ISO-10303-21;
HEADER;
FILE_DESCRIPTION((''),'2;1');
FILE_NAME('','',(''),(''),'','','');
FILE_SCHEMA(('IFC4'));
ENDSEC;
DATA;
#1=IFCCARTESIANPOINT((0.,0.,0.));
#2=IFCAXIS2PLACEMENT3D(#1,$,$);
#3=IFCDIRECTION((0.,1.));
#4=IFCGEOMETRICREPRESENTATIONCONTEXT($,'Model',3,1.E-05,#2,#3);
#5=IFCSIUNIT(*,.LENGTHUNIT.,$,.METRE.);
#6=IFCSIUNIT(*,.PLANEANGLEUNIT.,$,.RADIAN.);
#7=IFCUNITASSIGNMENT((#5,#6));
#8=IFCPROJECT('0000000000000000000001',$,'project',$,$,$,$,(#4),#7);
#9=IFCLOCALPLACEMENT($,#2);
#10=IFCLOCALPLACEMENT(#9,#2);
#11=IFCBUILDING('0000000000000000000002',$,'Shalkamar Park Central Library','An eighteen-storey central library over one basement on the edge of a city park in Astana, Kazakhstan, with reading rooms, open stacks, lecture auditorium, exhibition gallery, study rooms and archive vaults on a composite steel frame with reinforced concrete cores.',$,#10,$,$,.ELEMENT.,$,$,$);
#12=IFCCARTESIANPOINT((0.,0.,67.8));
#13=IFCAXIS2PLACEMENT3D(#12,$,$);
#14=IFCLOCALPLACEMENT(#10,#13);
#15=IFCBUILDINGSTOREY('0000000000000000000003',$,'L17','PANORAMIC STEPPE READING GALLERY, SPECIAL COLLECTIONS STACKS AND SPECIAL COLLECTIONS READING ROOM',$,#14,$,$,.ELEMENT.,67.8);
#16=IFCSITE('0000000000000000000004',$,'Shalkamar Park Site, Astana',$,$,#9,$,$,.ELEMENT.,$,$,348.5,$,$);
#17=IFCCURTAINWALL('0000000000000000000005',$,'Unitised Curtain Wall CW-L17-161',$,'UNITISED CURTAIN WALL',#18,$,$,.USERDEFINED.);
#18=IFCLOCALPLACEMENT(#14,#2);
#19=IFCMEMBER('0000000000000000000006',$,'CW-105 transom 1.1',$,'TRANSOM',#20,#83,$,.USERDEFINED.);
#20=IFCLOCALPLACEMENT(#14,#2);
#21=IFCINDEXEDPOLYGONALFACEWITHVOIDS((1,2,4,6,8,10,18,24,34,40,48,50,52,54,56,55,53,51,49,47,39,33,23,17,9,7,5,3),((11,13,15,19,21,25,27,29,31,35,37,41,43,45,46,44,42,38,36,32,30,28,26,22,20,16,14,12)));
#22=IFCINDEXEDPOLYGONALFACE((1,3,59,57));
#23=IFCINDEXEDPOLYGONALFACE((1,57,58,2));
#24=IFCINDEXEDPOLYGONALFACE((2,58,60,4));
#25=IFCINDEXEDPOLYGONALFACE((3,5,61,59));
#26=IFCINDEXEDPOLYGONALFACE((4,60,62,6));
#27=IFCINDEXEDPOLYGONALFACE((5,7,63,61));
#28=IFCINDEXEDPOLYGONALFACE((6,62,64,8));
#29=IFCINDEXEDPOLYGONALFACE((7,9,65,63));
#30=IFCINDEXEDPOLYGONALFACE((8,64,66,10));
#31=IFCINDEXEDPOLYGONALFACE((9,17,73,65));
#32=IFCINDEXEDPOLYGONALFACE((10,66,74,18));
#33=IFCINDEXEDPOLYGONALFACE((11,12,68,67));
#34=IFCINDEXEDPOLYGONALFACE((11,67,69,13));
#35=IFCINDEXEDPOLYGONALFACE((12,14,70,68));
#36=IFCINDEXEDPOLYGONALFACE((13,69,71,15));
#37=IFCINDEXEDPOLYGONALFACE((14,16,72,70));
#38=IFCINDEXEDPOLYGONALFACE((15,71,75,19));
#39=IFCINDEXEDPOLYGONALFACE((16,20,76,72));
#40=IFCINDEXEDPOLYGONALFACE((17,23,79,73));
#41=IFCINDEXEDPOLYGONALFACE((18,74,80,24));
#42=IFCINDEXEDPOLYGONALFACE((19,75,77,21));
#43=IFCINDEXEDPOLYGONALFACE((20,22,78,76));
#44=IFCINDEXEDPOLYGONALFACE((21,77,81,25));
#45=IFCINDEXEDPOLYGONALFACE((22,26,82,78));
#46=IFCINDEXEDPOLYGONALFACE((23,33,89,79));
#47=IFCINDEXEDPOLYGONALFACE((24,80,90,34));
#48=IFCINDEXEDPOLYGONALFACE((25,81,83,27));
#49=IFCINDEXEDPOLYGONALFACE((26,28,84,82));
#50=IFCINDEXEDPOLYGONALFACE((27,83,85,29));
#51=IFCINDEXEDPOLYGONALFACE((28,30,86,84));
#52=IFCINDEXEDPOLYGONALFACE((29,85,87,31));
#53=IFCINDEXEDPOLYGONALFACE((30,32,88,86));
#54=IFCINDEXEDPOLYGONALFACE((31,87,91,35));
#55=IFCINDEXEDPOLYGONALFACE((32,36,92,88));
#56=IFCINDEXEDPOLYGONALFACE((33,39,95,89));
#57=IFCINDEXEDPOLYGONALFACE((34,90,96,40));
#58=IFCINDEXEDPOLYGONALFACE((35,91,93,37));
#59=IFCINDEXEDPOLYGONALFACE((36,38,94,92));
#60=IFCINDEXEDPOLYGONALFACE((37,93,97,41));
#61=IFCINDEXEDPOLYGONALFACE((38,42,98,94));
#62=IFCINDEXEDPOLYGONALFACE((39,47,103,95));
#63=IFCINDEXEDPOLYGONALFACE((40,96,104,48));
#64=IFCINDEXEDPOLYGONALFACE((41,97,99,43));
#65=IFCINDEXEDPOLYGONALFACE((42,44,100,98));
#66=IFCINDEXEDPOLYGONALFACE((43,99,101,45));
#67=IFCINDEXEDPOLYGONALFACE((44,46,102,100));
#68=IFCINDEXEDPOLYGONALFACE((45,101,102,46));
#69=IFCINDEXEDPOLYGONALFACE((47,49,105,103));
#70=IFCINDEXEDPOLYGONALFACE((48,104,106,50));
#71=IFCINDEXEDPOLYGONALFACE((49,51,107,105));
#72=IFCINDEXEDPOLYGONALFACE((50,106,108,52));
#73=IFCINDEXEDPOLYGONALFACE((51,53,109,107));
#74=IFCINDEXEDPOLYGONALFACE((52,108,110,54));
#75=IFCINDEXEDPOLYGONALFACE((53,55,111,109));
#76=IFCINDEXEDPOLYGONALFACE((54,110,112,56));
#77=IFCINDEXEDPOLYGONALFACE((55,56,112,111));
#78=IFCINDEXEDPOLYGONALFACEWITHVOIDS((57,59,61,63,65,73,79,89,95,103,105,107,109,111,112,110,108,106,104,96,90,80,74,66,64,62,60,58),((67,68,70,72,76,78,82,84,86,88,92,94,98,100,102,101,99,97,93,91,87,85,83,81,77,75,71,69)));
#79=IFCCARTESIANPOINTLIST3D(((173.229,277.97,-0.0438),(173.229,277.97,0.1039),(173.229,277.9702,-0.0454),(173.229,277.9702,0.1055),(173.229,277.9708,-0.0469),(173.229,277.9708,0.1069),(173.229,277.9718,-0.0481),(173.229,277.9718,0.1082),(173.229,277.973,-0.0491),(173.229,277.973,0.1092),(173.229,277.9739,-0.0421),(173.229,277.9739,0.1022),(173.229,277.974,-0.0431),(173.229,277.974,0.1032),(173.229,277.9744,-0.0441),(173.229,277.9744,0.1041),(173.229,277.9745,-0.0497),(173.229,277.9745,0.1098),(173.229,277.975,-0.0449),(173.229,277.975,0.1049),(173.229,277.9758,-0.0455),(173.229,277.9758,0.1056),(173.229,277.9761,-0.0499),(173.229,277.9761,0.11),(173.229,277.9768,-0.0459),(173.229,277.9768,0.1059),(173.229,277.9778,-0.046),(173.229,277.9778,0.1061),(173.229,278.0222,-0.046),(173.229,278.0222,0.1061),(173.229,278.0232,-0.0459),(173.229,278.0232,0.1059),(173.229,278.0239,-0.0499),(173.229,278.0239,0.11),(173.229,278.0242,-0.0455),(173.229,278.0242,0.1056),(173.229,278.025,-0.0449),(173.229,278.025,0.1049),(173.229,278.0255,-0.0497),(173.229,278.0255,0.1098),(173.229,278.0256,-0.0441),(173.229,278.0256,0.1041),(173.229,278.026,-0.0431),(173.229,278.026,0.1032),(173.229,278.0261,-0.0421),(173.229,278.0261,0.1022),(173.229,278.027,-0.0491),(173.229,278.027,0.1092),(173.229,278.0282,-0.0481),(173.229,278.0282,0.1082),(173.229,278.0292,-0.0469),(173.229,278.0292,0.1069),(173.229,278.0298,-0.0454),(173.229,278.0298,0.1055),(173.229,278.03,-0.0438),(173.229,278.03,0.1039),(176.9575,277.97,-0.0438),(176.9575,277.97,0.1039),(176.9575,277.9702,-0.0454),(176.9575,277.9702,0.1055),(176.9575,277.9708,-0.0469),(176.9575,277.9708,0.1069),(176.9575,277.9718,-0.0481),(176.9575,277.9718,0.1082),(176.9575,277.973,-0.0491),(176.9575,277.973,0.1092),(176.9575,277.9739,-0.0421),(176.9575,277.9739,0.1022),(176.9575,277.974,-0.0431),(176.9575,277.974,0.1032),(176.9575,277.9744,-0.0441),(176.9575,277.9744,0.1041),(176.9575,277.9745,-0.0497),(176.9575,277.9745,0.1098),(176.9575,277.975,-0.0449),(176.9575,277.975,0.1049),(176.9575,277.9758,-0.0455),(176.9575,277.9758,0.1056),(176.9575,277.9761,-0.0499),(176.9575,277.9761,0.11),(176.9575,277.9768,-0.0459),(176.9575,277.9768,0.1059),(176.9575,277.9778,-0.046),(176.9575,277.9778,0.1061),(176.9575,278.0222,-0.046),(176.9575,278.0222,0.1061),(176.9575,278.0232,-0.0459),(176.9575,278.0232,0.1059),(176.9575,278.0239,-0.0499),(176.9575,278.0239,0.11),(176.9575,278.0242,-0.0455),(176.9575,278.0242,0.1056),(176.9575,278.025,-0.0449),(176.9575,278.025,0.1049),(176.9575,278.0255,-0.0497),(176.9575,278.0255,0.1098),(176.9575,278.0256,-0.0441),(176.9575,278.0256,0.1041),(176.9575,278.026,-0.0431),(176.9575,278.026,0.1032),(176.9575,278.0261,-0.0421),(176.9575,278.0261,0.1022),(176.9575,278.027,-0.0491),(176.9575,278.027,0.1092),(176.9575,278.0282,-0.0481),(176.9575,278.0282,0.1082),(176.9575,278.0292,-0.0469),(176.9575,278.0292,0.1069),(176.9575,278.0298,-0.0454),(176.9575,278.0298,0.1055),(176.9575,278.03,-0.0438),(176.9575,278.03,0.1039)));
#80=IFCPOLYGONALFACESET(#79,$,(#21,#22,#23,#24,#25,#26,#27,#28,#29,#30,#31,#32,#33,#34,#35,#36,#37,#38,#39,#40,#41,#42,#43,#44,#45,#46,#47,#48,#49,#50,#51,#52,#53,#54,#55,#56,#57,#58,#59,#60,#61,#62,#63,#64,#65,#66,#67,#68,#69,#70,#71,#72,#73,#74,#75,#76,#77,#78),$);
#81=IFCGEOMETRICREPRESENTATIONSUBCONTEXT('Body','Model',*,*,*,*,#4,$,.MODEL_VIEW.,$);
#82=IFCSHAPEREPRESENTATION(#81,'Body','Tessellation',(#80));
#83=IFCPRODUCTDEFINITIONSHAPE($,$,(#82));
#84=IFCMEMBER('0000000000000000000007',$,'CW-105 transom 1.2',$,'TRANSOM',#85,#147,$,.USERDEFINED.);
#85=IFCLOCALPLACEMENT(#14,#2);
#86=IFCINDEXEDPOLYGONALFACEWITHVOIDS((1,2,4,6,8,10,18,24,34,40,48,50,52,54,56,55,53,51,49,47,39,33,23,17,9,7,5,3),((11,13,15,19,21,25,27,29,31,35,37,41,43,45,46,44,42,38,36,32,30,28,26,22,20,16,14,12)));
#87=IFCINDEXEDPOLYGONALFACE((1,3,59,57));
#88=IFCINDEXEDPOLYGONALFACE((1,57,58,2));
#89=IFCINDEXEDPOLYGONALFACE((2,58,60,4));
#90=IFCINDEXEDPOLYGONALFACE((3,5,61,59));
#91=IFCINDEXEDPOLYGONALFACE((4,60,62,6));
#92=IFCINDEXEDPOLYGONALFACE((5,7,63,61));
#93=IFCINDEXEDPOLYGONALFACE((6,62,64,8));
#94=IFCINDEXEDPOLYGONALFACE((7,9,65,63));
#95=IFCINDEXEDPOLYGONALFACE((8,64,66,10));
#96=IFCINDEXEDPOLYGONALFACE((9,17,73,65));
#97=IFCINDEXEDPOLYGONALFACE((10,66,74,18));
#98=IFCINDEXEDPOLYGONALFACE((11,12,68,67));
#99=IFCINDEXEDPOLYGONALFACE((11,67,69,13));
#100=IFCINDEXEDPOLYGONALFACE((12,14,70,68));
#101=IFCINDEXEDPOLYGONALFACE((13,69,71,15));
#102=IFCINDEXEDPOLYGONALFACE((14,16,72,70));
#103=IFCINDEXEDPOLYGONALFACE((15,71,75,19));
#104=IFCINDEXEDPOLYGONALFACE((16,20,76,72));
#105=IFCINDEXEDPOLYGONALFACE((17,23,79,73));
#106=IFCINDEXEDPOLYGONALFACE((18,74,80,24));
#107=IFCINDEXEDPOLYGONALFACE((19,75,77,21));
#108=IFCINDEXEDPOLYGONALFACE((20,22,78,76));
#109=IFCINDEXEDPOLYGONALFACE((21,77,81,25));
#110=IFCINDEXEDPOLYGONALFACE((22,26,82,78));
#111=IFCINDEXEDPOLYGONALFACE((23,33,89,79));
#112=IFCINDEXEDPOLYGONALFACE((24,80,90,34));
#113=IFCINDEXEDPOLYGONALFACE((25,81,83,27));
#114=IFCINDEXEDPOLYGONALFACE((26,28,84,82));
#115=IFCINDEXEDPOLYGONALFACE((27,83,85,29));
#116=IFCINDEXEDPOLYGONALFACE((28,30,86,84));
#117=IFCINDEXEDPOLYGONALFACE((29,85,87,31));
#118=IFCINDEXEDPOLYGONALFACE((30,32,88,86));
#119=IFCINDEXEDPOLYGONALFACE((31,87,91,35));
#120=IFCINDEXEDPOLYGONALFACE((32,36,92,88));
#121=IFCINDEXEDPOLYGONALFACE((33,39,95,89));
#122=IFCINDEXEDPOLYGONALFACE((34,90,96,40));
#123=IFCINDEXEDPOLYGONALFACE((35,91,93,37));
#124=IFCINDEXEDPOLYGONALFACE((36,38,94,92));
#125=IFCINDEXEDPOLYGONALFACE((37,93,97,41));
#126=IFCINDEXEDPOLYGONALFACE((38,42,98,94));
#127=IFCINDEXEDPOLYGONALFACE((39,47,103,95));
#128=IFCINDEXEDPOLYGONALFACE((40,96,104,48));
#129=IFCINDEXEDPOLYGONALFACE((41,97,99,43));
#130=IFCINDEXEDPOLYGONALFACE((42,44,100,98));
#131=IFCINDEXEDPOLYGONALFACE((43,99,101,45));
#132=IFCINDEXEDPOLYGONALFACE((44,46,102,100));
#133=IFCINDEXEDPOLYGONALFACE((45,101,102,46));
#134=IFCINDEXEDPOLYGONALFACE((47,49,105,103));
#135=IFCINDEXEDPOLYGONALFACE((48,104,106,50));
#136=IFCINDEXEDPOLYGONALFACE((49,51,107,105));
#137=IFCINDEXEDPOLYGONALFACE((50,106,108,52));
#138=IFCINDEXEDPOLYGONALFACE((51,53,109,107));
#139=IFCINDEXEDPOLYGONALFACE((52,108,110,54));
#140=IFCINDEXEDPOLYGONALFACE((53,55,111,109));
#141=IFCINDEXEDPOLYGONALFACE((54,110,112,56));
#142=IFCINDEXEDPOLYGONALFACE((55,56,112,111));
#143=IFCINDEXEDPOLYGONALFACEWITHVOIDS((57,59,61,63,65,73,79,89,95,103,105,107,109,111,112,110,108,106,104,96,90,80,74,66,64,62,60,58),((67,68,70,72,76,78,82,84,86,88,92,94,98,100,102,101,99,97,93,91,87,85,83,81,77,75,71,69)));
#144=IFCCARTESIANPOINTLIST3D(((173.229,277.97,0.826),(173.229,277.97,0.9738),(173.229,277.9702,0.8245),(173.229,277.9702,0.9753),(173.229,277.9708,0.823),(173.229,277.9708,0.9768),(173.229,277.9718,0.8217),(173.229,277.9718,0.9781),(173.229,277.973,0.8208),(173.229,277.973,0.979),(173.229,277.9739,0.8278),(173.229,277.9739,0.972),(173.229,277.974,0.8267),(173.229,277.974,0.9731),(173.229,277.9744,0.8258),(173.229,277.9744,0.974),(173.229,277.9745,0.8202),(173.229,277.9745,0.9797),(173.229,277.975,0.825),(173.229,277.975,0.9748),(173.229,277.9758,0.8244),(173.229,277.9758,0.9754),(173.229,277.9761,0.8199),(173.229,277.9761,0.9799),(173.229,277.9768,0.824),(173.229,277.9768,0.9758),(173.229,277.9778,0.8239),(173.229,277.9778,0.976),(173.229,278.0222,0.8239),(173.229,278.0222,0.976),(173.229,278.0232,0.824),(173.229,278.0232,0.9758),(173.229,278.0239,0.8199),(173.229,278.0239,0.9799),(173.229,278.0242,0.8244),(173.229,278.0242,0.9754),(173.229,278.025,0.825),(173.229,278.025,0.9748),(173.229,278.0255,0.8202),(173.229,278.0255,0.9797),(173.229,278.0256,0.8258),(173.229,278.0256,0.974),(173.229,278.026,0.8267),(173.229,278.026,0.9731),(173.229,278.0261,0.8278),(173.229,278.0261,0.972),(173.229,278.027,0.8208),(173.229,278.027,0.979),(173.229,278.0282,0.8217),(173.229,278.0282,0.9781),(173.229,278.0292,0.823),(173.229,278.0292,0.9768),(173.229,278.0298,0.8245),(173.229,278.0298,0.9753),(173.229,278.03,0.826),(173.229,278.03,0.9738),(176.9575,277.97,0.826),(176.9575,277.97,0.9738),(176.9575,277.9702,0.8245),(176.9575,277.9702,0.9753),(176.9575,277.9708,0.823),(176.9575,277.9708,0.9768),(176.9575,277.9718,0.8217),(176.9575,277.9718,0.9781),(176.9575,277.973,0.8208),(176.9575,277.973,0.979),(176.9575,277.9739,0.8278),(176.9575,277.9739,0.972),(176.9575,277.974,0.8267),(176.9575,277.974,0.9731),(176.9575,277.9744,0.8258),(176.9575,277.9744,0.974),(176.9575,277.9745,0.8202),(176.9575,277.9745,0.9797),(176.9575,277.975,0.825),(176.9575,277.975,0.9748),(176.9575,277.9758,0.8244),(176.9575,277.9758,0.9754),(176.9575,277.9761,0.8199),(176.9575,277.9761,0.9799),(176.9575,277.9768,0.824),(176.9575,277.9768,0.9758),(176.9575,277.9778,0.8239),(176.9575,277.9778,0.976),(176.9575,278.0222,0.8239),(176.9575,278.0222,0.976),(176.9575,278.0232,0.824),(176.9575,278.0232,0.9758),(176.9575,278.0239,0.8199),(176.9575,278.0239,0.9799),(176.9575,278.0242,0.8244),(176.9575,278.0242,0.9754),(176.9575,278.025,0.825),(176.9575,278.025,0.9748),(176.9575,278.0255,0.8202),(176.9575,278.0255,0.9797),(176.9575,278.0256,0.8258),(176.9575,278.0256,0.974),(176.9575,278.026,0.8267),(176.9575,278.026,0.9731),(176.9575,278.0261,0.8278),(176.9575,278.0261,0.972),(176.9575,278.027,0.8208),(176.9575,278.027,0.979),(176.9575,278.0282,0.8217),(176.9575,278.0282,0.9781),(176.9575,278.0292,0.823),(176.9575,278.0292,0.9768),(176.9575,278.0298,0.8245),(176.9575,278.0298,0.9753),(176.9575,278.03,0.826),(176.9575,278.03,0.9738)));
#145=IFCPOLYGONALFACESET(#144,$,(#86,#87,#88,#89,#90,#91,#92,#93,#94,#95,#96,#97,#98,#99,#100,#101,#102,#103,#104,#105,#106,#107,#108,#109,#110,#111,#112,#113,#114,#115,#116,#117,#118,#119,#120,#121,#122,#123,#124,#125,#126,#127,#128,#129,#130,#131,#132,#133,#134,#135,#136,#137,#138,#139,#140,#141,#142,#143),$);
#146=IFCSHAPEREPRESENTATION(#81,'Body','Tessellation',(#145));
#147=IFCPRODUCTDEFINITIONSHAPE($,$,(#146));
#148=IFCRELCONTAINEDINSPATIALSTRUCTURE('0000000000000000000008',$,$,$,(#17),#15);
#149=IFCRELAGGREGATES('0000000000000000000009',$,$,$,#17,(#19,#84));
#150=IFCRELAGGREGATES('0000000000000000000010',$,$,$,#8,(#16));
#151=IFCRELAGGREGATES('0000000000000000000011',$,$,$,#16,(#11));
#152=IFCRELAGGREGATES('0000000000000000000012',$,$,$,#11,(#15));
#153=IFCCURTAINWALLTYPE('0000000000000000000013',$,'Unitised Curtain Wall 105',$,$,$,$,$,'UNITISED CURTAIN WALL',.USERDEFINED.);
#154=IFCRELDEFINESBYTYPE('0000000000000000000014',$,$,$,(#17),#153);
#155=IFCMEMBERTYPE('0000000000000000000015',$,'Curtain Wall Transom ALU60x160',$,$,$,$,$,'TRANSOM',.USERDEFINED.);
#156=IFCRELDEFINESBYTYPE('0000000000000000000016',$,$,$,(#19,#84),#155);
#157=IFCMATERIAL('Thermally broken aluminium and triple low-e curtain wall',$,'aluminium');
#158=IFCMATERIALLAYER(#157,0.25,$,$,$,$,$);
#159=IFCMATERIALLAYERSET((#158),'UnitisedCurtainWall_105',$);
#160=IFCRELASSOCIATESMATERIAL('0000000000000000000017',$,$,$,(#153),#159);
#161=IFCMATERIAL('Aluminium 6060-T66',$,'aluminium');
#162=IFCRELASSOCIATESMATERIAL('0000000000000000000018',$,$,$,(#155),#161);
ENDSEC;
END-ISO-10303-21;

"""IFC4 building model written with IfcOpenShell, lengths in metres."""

from ifc_helpers import new_model, si_unit, direction, frame, origin, origin_2d, place, context, subcontext, project, spatial, hollow_rectangle, extrude, material, layer, layer_set, material_profile, profile_set, type_object, element, aggregate, save


model = new_model("IFC4")

# Units and contexts
model_context = context("Model", 3, precision=1e-05, world=origin(), true_north=direction((0.0, 1.0)))
body_context = subcontext(model_context, "Body", "Model", "MODEL_VIEW")
ifc_project = project(units=[si_unit("LENGTHUNIT", "METRE"), si_unit("PLANEANGLEUNIT", "RADIAN")], contexts=[model_context])

# Site, building, storey
site_placement = place(None, origin())
site = spatial("IfcSite", under=ifc_project, at=site_placement, Name="Shalkamar Park Site, Astana", CompositionType="ELEMENT", RefElevation=348.5)
building_placement = place(site_placement, origin())
building = spatial("IfcBuilding", under=site, at=building_placement, Name="Shalkamar Park Central Library", Description="An eighteen-storey central library over one basement on the edge of a city park in Astana, Kazakhstan, with reading rooms, open stacks, lecture auditorium, exhibition gallery, study rooms and archive vaults on a composite steel frame with reinforced concrete cores.", CompositionType="ELEMENT")
storey_placement = place(building_placement, frame((0.0, 0.0, 67.8)))
storey = spatial("IfcBuildingStorey", under=building, at=storey_placement, Name="L17", Description="PANORAMIC STEPPE READING GALLERY, SPECIAL COLLECTIONS STACKS AND SPECIAL COLLECTIONS READING ROOM", CompositionType="ELEMENT", Elevation=67.8)

# Curtain wall, members
ifc_material_1 = material(Name="Thermally broken aluminium and triple low-e curtain wall", Category="aluminium")
ifc_layer_1 = layer(ifc_material_1, 0.25)
ifc_layer_set_1 = layer_set([ifc_layer_1], Name="UnitisedCurtainWall_105")
curtain_wall_type = type_object("IfcCurtainWallType", Name="Unitised Curtain Wall 105", ElementType="UNITISED CURTAIN WALL", PredefinedType="USERDEFINED", material=ifc_layer_set_1)
curtain_wall_placement = place(storey_placement, origin())
curtain_wall = element("IfcCurtainWall", 1, at=curtain_wall_placement, inside=storey, type_object=curtain_wall_type, Name="Unitised Curtain Wall CW-L17-161", ObjectType="UNITISED CURTAIN WALL", PredefinedType="USERDEFINED")
ifc_material_2 = material(Name="Aluminium 6060-T66", Category="aluminium")
ifc_material_profile_1 = material_profile(ifc_material_2, hollow_rectangle(XDim=0.0601, YDim=0.1599, WallThickness=0.0039, InnerFilletRadius=0.0039, OuterFilletRadius=0.0061, at=origin_2d()), Name="ALU 60x160x4")
ifc_profile_set_1 = profile_set([ifc_material_profile_1], Name="Aluminium 6060-T66")
member_type_1 = type_object("IfcMemberType", Name="Curtain Wall Transom ALU60x160", ElementType="TRANSOM", PredefinedType="USERDEFINED", material=ifc_profile_set_1)
member_1_placement = place(storey_placement, frame((173.229, 278.0, 0.03), z_axis=(1.0, 0.0, 0.0), x_axis=(0.0, 1.0, 0.0)))
member_1 = element("IfcMember", 2, at=member_1_placement, type_object=member_type_1, Name="CW-105 transom 1.1", ObjectType="TRANSOM", PredefinedType="USERDEFINED", context=body_context, shape_type="SweptSolid", body=[
    extrude(hollow_rectangle(XDim=0.0601, YDim=0.1599, WallThickness=0.0039, InnerFilletRadius=0.0039, OuterFilletRadius=0.0061, at=origin_2d()), origin(), (0.0, 0.0, 1.0), 3.7285),
])
member_2_placement = place(storey_placement, frame((173.229, 278.0, 0.8999), z_axis=(1.0, 0.0, 0.0), x_axis=(0.0, 1.0, 0.0)))
member_2 = element("IfcMember", 3, at=member_2_placement, type_object=member_type_1, Name="CW-105 transom 1.2", ObjectType="TRANSOM", PredefinedType="USERDEFINED", context=body_context, shape_type="SweptSolid", body=[
    extrude(hollow_rectangle(XDim=0.0601, YDim=0.1599, WallThickness=0.0039, InnerFilletRadius=0.0039, OuterFilletRadius=0.0061, at=origin_2d()), origin(), (0.0, 0.0, 1.0), 3.7285),
])

aggregate(curtain_wall, [member_1, member_2])

save(model, "model.ifc")
